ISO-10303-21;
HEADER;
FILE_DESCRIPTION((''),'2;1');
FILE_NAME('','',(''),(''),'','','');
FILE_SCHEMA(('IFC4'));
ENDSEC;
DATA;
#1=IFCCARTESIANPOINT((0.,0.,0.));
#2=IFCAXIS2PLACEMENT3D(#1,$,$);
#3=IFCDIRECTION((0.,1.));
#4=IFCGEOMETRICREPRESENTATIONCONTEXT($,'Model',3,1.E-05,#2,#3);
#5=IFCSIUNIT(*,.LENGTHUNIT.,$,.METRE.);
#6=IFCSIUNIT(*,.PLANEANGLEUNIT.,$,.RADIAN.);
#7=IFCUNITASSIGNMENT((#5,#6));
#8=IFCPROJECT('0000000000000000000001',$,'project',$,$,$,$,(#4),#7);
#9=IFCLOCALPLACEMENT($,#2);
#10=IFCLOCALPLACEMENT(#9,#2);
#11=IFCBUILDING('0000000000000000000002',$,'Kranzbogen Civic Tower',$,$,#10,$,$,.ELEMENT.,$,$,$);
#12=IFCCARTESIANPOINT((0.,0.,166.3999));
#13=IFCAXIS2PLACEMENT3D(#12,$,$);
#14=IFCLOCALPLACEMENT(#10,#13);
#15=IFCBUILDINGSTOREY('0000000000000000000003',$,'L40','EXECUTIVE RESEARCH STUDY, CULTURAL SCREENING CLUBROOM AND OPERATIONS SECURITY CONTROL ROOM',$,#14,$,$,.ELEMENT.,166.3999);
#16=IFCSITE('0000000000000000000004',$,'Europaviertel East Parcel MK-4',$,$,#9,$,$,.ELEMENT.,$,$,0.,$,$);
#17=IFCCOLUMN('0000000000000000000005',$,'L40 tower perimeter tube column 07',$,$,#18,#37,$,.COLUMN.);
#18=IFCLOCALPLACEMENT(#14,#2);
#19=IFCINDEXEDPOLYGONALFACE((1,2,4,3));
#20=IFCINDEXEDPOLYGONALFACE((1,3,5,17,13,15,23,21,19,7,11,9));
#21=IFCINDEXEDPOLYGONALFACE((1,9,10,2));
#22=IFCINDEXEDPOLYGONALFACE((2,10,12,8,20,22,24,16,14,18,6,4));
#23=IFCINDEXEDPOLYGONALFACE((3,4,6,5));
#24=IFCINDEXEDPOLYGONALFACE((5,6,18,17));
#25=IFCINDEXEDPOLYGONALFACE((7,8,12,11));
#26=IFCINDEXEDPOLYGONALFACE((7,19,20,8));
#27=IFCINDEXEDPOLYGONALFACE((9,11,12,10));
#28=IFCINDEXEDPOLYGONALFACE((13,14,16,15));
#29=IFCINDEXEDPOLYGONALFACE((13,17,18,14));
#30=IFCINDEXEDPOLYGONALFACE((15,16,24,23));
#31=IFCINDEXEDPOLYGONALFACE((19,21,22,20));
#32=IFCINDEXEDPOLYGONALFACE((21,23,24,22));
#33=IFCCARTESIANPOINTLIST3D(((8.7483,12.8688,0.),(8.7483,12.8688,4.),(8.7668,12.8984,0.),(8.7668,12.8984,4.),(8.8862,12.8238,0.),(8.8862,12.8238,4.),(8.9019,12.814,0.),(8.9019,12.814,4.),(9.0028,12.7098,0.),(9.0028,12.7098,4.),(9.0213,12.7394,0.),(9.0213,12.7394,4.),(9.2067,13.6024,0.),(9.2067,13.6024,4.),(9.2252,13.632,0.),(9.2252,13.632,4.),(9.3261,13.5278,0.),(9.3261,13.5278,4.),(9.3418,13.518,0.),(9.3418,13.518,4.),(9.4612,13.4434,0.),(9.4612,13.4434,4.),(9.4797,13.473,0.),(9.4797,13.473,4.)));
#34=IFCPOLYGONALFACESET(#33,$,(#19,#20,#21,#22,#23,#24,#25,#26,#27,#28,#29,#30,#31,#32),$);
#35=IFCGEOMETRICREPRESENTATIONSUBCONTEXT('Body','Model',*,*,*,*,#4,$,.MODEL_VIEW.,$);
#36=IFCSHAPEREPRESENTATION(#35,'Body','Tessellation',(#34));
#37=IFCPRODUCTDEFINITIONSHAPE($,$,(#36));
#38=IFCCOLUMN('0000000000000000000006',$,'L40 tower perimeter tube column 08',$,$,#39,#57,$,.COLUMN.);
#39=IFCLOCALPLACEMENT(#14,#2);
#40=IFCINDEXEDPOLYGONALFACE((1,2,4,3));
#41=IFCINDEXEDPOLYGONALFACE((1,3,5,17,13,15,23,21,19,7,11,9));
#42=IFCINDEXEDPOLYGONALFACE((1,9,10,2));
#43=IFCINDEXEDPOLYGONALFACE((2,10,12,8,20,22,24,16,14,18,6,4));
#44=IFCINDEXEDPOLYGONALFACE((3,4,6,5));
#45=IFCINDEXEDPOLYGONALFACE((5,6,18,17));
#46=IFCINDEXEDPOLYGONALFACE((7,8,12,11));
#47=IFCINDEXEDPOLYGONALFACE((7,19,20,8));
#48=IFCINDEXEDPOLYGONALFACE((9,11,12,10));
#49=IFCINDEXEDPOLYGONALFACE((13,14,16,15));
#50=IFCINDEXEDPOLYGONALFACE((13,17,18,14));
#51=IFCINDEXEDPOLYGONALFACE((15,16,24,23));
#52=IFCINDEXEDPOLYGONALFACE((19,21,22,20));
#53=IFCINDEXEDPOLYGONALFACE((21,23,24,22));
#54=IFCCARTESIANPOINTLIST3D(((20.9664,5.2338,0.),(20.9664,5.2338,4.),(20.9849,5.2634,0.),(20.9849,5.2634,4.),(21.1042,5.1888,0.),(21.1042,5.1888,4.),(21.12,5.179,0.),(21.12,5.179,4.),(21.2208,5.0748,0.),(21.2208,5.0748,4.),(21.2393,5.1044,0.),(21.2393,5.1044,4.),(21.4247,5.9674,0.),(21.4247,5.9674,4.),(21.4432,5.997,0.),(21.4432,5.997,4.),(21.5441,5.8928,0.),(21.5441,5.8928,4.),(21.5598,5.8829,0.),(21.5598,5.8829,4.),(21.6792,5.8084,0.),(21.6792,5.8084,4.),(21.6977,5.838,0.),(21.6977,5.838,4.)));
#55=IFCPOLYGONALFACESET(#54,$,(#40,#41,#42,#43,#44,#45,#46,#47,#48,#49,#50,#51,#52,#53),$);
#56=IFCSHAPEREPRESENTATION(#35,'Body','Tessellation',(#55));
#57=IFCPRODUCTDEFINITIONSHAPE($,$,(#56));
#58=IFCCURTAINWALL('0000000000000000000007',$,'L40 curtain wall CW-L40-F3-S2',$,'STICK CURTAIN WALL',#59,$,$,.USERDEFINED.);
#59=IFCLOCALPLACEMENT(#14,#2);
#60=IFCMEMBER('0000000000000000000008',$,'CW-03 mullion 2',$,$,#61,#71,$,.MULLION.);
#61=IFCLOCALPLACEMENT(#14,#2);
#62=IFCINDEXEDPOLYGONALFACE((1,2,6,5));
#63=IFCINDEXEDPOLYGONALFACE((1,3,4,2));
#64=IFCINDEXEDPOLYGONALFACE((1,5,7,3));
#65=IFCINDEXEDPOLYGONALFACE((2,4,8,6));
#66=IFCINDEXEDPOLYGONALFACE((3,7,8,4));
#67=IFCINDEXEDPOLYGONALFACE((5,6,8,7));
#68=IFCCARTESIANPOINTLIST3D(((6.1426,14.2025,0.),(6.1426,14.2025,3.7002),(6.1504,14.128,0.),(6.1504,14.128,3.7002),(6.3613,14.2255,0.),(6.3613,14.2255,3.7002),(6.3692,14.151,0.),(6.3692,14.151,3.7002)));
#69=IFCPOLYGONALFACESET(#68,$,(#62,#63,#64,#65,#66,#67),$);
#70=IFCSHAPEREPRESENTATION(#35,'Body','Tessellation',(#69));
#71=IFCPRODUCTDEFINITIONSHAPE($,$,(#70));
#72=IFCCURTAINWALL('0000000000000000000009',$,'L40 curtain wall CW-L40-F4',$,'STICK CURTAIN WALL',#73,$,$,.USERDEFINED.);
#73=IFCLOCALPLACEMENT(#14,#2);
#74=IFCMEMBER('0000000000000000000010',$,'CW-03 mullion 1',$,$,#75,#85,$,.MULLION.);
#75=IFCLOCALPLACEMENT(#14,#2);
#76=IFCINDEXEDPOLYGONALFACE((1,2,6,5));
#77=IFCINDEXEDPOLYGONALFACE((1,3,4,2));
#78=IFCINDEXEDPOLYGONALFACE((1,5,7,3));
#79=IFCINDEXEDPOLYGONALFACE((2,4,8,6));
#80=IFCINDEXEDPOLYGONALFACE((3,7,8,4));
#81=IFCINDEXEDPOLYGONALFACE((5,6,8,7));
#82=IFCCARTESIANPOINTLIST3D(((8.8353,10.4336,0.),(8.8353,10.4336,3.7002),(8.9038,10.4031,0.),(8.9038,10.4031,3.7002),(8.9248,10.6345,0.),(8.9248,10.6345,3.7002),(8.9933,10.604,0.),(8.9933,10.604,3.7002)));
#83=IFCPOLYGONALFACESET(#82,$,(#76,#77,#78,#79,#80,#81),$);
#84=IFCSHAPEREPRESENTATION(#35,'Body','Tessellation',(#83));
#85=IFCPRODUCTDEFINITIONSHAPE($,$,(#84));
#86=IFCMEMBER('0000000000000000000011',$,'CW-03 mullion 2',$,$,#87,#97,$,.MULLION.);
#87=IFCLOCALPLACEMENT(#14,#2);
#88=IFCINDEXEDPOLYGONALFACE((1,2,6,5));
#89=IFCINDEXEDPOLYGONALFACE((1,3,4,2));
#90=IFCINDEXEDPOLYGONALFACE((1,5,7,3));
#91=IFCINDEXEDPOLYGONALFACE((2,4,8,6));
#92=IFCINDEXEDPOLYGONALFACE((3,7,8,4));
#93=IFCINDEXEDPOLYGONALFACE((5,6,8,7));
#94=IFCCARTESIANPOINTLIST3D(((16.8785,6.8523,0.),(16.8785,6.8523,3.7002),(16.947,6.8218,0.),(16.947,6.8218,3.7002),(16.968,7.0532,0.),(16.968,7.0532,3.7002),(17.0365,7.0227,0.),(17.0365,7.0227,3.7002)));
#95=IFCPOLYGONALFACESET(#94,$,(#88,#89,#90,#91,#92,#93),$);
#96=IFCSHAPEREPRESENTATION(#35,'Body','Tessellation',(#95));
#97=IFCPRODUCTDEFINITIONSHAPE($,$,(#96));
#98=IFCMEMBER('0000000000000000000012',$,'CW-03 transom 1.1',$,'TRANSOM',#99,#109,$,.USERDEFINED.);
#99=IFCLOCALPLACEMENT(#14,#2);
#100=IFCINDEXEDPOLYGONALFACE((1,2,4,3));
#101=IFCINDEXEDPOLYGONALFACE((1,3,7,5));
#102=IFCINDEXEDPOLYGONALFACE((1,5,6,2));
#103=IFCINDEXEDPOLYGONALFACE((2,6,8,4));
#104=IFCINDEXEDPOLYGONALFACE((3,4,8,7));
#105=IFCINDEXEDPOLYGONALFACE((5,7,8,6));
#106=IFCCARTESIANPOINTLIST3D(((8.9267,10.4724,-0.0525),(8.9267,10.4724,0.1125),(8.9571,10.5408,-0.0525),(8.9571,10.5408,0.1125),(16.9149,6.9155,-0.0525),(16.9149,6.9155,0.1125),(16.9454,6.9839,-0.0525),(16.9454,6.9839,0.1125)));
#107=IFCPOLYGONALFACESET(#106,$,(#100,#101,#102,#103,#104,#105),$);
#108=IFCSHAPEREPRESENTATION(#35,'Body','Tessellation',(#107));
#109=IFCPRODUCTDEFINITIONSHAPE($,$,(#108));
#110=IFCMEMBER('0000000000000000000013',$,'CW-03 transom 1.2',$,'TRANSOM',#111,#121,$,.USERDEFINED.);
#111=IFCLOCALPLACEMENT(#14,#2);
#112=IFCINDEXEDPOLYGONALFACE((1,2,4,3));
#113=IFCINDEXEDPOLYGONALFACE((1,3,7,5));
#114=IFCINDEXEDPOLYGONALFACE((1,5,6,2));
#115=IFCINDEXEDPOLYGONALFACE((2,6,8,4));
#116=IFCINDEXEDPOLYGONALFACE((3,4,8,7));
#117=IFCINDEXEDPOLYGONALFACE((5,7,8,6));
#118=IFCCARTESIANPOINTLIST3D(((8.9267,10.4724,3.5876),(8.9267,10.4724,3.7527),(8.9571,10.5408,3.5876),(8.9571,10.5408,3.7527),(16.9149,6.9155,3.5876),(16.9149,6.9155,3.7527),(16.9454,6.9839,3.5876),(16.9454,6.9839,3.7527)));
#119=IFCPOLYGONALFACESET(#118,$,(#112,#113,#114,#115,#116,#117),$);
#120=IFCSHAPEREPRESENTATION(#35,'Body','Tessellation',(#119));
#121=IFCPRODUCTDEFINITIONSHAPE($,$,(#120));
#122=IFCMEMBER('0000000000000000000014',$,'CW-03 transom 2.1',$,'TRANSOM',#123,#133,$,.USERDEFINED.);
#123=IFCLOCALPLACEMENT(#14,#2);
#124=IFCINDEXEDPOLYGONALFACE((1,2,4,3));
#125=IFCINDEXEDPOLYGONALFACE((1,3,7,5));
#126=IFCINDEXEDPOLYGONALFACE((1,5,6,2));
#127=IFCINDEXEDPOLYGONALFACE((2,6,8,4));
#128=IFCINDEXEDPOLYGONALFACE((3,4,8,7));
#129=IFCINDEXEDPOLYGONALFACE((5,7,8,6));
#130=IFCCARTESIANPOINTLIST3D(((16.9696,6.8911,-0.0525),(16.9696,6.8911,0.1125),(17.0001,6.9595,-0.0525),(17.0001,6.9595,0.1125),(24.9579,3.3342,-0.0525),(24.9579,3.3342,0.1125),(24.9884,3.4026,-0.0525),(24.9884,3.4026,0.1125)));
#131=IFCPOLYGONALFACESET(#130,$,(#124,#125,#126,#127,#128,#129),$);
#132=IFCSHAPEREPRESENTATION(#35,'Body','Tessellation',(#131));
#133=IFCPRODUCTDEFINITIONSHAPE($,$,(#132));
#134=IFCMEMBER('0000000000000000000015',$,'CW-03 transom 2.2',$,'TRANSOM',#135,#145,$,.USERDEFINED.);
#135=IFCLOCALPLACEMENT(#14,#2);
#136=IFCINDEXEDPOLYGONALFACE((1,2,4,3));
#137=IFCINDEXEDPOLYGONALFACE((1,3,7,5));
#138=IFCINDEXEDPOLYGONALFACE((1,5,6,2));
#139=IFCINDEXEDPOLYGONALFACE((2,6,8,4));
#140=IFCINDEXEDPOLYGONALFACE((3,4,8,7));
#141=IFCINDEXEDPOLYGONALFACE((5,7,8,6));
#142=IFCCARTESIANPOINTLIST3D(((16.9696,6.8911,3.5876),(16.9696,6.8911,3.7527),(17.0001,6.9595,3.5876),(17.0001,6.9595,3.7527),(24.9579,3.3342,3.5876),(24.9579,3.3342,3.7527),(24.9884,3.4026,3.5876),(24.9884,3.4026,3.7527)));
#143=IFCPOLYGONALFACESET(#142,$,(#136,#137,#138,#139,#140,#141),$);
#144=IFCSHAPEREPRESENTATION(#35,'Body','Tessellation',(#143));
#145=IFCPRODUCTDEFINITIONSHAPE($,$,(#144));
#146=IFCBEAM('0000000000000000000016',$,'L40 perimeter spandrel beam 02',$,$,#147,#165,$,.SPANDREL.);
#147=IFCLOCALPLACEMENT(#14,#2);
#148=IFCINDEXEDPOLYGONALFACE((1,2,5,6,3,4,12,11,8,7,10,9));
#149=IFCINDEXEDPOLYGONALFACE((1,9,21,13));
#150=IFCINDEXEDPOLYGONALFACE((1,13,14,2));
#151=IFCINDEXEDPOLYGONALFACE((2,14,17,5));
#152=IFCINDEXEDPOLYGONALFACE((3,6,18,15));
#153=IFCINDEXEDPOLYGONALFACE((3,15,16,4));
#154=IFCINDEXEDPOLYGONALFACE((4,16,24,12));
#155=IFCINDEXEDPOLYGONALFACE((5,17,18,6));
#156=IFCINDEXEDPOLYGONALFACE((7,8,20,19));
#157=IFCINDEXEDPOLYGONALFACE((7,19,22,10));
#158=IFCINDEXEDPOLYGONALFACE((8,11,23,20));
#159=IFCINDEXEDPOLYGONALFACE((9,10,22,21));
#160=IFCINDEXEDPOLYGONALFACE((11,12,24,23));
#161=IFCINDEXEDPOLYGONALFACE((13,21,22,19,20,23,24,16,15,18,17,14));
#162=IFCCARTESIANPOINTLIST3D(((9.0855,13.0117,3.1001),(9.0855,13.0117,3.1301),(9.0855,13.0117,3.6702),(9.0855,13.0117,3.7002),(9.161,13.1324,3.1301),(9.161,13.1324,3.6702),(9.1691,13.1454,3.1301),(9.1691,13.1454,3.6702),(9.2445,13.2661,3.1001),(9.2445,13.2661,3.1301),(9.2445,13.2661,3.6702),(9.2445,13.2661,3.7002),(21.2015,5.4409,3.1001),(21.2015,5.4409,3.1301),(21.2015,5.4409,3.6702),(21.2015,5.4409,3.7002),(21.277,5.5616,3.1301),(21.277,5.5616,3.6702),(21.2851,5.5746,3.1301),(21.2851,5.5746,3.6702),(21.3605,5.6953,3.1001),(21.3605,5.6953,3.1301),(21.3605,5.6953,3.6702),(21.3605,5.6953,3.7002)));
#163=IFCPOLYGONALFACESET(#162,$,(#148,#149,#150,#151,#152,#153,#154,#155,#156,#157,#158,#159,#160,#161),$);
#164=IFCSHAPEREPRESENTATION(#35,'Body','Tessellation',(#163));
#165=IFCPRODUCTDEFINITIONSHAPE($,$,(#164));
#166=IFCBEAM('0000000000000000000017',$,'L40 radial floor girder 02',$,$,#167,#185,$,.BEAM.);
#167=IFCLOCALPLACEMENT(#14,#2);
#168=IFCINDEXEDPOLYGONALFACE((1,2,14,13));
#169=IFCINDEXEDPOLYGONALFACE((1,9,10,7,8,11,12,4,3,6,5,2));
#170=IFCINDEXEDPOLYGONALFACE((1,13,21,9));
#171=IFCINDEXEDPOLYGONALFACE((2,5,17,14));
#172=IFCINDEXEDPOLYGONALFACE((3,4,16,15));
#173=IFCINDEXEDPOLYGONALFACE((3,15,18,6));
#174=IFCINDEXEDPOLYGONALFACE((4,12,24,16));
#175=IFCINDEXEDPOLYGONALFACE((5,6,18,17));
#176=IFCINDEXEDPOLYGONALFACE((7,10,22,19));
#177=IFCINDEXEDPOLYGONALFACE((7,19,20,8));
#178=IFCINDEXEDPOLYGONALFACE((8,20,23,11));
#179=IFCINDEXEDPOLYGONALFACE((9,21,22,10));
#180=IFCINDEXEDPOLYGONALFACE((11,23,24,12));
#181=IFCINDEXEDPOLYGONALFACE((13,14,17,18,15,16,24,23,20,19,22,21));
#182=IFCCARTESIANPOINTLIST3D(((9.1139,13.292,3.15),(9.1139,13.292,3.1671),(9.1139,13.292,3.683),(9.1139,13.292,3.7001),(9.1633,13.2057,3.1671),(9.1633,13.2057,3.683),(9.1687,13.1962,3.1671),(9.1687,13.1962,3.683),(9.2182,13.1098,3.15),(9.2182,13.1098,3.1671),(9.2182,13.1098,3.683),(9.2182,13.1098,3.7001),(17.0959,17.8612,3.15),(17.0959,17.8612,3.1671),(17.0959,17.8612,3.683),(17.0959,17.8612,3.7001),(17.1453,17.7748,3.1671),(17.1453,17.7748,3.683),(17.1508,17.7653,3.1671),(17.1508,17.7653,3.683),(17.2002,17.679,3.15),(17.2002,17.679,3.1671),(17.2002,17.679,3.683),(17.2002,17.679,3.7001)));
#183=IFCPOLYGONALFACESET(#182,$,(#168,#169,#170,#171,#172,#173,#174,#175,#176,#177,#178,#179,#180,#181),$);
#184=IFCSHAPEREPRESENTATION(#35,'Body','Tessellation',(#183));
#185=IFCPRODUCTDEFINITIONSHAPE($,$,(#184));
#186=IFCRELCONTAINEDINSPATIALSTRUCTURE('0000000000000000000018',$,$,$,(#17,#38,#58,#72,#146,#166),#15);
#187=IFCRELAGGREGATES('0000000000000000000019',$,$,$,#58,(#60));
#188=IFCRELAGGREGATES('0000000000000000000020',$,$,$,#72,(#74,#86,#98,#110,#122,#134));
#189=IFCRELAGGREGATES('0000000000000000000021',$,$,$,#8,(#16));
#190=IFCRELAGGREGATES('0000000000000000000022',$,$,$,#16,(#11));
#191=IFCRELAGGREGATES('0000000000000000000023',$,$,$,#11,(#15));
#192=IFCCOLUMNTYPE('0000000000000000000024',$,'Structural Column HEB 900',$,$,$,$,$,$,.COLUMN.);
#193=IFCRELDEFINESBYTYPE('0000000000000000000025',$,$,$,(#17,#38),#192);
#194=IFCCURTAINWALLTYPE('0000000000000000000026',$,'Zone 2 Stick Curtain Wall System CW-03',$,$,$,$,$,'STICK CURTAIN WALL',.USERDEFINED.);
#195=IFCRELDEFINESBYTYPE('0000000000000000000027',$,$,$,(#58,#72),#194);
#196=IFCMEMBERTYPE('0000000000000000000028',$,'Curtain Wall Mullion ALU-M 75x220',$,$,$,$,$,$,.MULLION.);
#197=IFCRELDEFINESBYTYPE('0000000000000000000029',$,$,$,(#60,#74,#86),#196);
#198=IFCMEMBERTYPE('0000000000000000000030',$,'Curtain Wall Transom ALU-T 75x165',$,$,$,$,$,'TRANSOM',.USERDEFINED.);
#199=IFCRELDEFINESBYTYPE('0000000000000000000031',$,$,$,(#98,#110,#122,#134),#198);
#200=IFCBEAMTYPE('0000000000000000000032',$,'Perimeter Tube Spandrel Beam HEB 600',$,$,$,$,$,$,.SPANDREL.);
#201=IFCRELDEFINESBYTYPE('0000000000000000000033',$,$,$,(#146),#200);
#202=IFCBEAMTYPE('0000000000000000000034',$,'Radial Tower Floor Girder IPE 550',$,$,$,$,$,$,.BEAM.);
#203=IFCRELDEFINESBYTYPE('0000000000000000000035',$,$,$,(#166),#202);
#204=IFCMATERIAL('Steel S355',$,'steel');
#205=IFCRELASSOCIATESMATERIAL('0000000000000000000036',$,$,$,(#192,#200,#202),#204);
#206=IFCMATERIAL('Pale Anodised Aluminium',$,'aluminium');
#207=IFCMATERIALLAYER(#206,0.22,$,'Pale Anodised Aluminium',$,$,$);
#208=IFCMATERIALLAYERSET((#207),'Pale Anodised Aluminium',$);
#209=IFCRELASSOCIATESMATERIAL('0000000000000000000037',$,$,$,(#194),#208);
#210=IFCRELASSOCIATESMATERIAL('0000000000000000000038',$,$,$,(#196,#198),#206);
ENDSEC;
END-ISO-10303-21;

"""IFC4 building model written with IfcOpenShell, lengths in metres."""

from ifc_helpers import new_model, si_unit, direction, frame, origin, origin_2d, place, context, subcontext, project, spatial, rectangle, i_section, extrude, material, layer, layer_set, material_profile, profile_set, type_object, element, aggregate, save


model = new_model("IFC4")

# Units and contexts
model_context = context("Model", 3, precision=1e-05, world=origin(), true_north=direction((0.0, 1.0)))
body_context = subcontext(model_context, "Body", "Model", "MODEL_VIEW")
ifc_project = project(units=[si_unit("LENGTHUNIT", "METRE"), si_unit("PLANEANGLEUNIT", "RADIAN")], contexts=[model_context])

# Site, building, storey
site_placement = place(None, origin())
site = spatial("IfcSite", under=ifc_project, at=site_placement, Name="Europaviertel East Parcel MK-4", CompositionType="ELEMENT", RefElevation=0.0)
building_placement = place(site_placement, origin())
building = spatial("IfcBuilding", under=site, at=building_placement, Name="Kranzbogen Civic Tower", CompositionType="ELEMENT")
storey_placement = place(building_placement, frame((0.0, 0.0, 166.3999)))
storey = spatial("IfcBuildingStorey", under=building, at=storey_placement, Name="L40", Description="EXECUTIVE RESEARCH STUDY, CULTURAL SCREENING CLUBROOM AND OPERATIONS SECURITY CONTROL ROOM", CompositionType="ELEMENT", Elevation=166.3999)

# Columns
ifc_material_1 = material(Name="Steel S355", Category="steel")
ifc_material_profile_1 = material_profile(ifc_material_1, i_section(OverallWidth=0.3, OverallDepth=0.8999, WebThickness=0.0186, FlangeThickness=0.0349, at=origin_2d()), Name="HEB 900")
ifc_profile_set_1 = profile_set([ifc_material_profile_1], Name="Steel S355")
column_type = type_object("IfcColumnType", Name="Structural Column HEB 900", PredefinedType="COLUMN", material=ifc_profile_set_1)
for number, where, z_axis, x_axis, name in (
    (1, (9.114, 13.1709, 0.0), (0.0, 0.0, 1.0), (-0.848048, 0.529919, 0.0), "L40 tower perimeter tube column 07"),
    (2, (21.332, 5.5359, 0.0), (0.0, 0.0, 1.0), (-0.848048, 0.529919, 0.0), "L40 tower perimeter tube column 08"),
):
    element("IfcColumn", number, at=place(storey_placement, frame(where, z_axis=z_axis, x_axis=x_axis)), inside=storey, type_object=column_type, Name=name, PredefinedType="COLUMN", context=body_context, shape_type="SweptSolid", body=[
        extrude(i_section(OverallWidth=0.3, OverallDepth=0.8999, WebThickness=0.0186, FlangeThickness=0.0349, at=origin_2d()), origin(), (0.0, 0.0, 1.0), 4.0),
    ])

# Curtain wall, member
ifc_material_2 = material(Name="Pale Anodised Aluminium", Category="aluminium")
ifc_layer_1 = layer(ifc_material_2, 0.22, Name="Pale Anodised Aluminium")
ifc_layer_set_1 = layer_set([ifc_layer_1], Name="Pale Anodised Aluminium")
curtain_wall_type = type_object("IfcCurtainWallType", Name="Zone 2 Stick Curtain Wall System CW-03", ElementType="STICK CURTAIN WALL", PredefinedType="USERDEFINED", material=ifc_layer_set_1)
curtain_wall_1_placement = place(storey_placement, origin())
curtain_wall_1 = element("IfcCurtainWall", 3, at=curtain_wall_1_placement, inside=storey, type_object=curtain_wall_type, Name="L40 curtain wall CW-L40-F3-S2", ObjectType="STICK CURTAIN WALL", PredefinedType="USERDEFINED")
ifc_material_profile_2 = material_profile(ifc_material_2, rectangle(XDim=0.075, YDim=0.22, at=origin_2d()), Name="ALU-M 75x220")
ifc_profile_set_2 = profile_set([ifc_material_profile_2], Name="Pale Anodised Aluminium")
member_type_1 = type_object("IfcMemberType", Name="Curtain Wall Mullion ALU-M 75x220", PredefinedType="MULLION", material=ifc_profile_set_2)
member_1_placement = place(storey_placement, frame((6.2559, 14.1768, 0.0), z_axis=(0.0, 0.0, 1.0), x_axis=(0.104535, -0.994521, 0.0)))
member_1 = element("IfcMember", 4, at=member_1_placement, type_object=member_type_1, Name="CW-03 mullion 2", PredefinedType="MULLION", context=body_context, shape_type="SweptSolid", body=[
    extrude(rectangle(XDim=0.075, YDim=0.22, at=origin_2d()), origin(), (0.0, 0.0, 1.0), 3.7002),
])
aggregate(curtain_wall_1, [member_1])

# Curtain wall, members
curtain_wall_2_placement = place(storey_placement, origin())
curtain_wall_2 = element("IfcCurtainWall", 5, at=curtain_wall_2_placement, inside=storey, type_object=curtain_wall_type, Name="L40 curtain wall CW-L40-F4", ObjectType="STICK CURTAIN WALL", PredefinedType="USERDEFINED")
member_2_placement = place(storey_placement, frame((8.9143, 10.5188, 0.0), z_axis=(0.0, 0.0, 1.0), x_axis=(0.913534, -0.406763, 0.0)))
member_2 = element("IfcMember", 6, at=member_2_placement, type_object=member_type_1, Name="CW-03 mullion 1", PredefinedType="MULLION", context=body_context, shape_type="SweptSolid", body=[
    extrude(rectangle(XDim=0.075, YDim=0.22, at=origin_2d()), origin(), (0.0, 0.0, 1.0), 3.7002),
])
member_3_placement = place(storey_placement, frame((16.9575, 6.9375, 0.0), z_axis=(0.0, 0.0, 1.0), x_axis=(0.913534, -0.406763, 0.0)))
member_3 = element("IfcMember", 7, at=member_3_placement, type_object=member_type_1, Name="CW-03 mullion 2", PredefinedType="MULLION", context=body_context, shape_type="SweptSolid", body=[
    extrude(rectangle(XDim=0.075, YDim=0.22, at=origin_2d()), origin(), (0.0, 0.0, 1.0), 3.7002),
])
ifc_material_profile_3 = material_profile(ifc_material_2, rectangle(XDim=0.075, YDim=0.165, at=origin_2d()), Name="ALU-T 75x165")
ifc_profile_set_3 = profile_set([ifc_material_profile_3], Name="Pale Anodised Aluminium")
member_type_2 = type_object("IfcMemberType", Name="Curtain Wall Transom ALU-T 75x165", ElementType="TRANSOM", PredefinedType="USERDEFINED", material=ifc_profile_set_3)
member_4_placement = place(storey_placement, frame((8.9419, 10.5066, 0.03), z_axis=(0.913534, -0.406763, 0.0), x_axis=(0.406763, 0.913534, 0.0)))
member_4 = element("IfcMember", 8, at=member_4_placement, type_object=member_type_2, Name="CW-03 transom 1.1", ObjectType="TRANSOM", PredefinedType="USERDEFINED", context=body_context, shape_type="SweptSolid", body=[
    extrude(rectangle(XDim=0.075, YDim=0.165, at=origin_2d()), origin(), (0.0, 0.0, 1.0), 8.7444),
])
member_5_placement = place(storey_placement, frame((8.9419, 10.5066, 3.6702), z_axis=(0.913534, -0.406763, 0.0), x_axis=(0.406763, 0.913534, 0.0)))
member_5 = element("IfcMember", 9, at=member_5_placement, type_object=member_type_2, Name="CW-03 transom 1.2", ObjectType="TRANSOM", PredefinedType="USERDEFINED", context=body_context, shape_type="SweptSolid", body=[
    extrude(rectangle(XDim=0.075, YDim=0.165, at=origin_2d()), origin(), (0.0, 0.0, 1.0), 8.7444),
])
member_6_placement = place(storey_placement, frame((16.9849, 6.9253, 0.03), z_axis=(0.913534, -0.406763, 0.0), x_axis=(0.406763, 0.913534, 0.0)))
member_6 = element("IfcMember", 10, at=member_6_placement, type_object=member_type_2, Name="CW-03 transom 2.1", ObjectType="TRANSOM", PredefinedType="USERDEFINED", context=body_context, shape_type="SweptSolid", body=[
    extrude(rectangle(XDim=0.075, YDim=0.165, at=origin_2d()), origin(), (0.0, 0.0, 1.0), 8.7444),
])
member_7_placement = place(storey_placement, frame((16.9849, 6.9253, 3.6702), z_axis=(0.913534, -0.406763, 0.0), x_axis=(0.406763, 0.913534, 0.0)))
member_7 = element("IfcMember", 11, at=member_7_placement, type_object=member_type_2, Name="CW-03 transom 2.2", ObjectType="TRANSOM", PredefinedType="USERDEFINED", context=body_context, shape_type="SweptSolid", body=[
    extrude(rectangle(XDim=0.075, YDim=0.165, at=origin_2d()), origin(), (0.0, 0.0, 1.0), 8.7444),
])

# Beams
ifc_material_profile_4 = material_profile(ifc_material_1, i_section(OverallWidth=0.3, OverallDepth=0.6001, WebThickness=0.0154, FlangeThickness=0.03, at=origin_2d()), Name="HEB 600")
ifc_profile_set_4 = profile_set([ifc_material_profile_4], Name="Steel S355")
beam_type_1 = type_object("IfcBeamType", Name="Perimeter Tube Spandrel Beam HEB 600", PredefinedType="SPANDREL", material=ifc_profile_set_4)
beam_1_placement = place(storey_placement, frame((9.165, 13.1389, 3.4001), z_axis=(0.848051, -0.529914, 0.0), x_axis=(0.529914, 0.848051, 0.0)))
element("IfcBeam", 12, at=beam_1_placement, inside=storey, type_object=beam_type_1, Name="L40 perimeter spandrel beam 02", PredefinedType="SPANDREL", context=body_context, shape_type="SweptSolid", body=[
    extrude(i_section(OverallWidth=0.3, OverallDepth=0.6001, WebThickness=0.0154, FlangeThickness=0.03, at=origin_2d()), origin(), (0.0, 0.0, 1.0), 14.2869),
])
ifc_material_profile_5 = material_profile(ifc_material_1, i_section(OverallWidth=0.21, OverallDepth=0.55, WebThickness=0.011, FlangeThickness=0.0171, at=origin_2d()), Name="IPE 550")
ifc_profile_set_5 = profile_set([ifc_material_profile_5], Name="Steel S355")
beam_type_2 = type_object("IfcBeamType", Name="Radial Tower Floor Girder IPE 550", PredefinedType="BEAM", material=ifc_profile_set_5)
beam_2_placement = place(storey_placement, frame((9.166, 13.2009, 3.425), z_axis=(0.867869, 0.496793, 0.0), x_axis=(-0.496793, 0.867869, 0.0)))
element("IfcBeam", 13, at=beam_2_placement, inside=storey, type_object=beam_type_2, Name="L40 radial floor girder 02", PredefinedType="BEAM", context=body_context, shape_type="SweptSolid", body=[
    extrude(i_section(OverallWidth=0.21, OverallDepth=0.55, WebThickness=0.011, FlangeThickness=0.0171, at=origin_2d()), origin(), (0.0, 0.0, 1.0), 9.1973),
])

aggregate(curtain_wall_2, [member_2, member_3, member_4, member_5, member_6, member_7])

save(model, "model.ifc")
